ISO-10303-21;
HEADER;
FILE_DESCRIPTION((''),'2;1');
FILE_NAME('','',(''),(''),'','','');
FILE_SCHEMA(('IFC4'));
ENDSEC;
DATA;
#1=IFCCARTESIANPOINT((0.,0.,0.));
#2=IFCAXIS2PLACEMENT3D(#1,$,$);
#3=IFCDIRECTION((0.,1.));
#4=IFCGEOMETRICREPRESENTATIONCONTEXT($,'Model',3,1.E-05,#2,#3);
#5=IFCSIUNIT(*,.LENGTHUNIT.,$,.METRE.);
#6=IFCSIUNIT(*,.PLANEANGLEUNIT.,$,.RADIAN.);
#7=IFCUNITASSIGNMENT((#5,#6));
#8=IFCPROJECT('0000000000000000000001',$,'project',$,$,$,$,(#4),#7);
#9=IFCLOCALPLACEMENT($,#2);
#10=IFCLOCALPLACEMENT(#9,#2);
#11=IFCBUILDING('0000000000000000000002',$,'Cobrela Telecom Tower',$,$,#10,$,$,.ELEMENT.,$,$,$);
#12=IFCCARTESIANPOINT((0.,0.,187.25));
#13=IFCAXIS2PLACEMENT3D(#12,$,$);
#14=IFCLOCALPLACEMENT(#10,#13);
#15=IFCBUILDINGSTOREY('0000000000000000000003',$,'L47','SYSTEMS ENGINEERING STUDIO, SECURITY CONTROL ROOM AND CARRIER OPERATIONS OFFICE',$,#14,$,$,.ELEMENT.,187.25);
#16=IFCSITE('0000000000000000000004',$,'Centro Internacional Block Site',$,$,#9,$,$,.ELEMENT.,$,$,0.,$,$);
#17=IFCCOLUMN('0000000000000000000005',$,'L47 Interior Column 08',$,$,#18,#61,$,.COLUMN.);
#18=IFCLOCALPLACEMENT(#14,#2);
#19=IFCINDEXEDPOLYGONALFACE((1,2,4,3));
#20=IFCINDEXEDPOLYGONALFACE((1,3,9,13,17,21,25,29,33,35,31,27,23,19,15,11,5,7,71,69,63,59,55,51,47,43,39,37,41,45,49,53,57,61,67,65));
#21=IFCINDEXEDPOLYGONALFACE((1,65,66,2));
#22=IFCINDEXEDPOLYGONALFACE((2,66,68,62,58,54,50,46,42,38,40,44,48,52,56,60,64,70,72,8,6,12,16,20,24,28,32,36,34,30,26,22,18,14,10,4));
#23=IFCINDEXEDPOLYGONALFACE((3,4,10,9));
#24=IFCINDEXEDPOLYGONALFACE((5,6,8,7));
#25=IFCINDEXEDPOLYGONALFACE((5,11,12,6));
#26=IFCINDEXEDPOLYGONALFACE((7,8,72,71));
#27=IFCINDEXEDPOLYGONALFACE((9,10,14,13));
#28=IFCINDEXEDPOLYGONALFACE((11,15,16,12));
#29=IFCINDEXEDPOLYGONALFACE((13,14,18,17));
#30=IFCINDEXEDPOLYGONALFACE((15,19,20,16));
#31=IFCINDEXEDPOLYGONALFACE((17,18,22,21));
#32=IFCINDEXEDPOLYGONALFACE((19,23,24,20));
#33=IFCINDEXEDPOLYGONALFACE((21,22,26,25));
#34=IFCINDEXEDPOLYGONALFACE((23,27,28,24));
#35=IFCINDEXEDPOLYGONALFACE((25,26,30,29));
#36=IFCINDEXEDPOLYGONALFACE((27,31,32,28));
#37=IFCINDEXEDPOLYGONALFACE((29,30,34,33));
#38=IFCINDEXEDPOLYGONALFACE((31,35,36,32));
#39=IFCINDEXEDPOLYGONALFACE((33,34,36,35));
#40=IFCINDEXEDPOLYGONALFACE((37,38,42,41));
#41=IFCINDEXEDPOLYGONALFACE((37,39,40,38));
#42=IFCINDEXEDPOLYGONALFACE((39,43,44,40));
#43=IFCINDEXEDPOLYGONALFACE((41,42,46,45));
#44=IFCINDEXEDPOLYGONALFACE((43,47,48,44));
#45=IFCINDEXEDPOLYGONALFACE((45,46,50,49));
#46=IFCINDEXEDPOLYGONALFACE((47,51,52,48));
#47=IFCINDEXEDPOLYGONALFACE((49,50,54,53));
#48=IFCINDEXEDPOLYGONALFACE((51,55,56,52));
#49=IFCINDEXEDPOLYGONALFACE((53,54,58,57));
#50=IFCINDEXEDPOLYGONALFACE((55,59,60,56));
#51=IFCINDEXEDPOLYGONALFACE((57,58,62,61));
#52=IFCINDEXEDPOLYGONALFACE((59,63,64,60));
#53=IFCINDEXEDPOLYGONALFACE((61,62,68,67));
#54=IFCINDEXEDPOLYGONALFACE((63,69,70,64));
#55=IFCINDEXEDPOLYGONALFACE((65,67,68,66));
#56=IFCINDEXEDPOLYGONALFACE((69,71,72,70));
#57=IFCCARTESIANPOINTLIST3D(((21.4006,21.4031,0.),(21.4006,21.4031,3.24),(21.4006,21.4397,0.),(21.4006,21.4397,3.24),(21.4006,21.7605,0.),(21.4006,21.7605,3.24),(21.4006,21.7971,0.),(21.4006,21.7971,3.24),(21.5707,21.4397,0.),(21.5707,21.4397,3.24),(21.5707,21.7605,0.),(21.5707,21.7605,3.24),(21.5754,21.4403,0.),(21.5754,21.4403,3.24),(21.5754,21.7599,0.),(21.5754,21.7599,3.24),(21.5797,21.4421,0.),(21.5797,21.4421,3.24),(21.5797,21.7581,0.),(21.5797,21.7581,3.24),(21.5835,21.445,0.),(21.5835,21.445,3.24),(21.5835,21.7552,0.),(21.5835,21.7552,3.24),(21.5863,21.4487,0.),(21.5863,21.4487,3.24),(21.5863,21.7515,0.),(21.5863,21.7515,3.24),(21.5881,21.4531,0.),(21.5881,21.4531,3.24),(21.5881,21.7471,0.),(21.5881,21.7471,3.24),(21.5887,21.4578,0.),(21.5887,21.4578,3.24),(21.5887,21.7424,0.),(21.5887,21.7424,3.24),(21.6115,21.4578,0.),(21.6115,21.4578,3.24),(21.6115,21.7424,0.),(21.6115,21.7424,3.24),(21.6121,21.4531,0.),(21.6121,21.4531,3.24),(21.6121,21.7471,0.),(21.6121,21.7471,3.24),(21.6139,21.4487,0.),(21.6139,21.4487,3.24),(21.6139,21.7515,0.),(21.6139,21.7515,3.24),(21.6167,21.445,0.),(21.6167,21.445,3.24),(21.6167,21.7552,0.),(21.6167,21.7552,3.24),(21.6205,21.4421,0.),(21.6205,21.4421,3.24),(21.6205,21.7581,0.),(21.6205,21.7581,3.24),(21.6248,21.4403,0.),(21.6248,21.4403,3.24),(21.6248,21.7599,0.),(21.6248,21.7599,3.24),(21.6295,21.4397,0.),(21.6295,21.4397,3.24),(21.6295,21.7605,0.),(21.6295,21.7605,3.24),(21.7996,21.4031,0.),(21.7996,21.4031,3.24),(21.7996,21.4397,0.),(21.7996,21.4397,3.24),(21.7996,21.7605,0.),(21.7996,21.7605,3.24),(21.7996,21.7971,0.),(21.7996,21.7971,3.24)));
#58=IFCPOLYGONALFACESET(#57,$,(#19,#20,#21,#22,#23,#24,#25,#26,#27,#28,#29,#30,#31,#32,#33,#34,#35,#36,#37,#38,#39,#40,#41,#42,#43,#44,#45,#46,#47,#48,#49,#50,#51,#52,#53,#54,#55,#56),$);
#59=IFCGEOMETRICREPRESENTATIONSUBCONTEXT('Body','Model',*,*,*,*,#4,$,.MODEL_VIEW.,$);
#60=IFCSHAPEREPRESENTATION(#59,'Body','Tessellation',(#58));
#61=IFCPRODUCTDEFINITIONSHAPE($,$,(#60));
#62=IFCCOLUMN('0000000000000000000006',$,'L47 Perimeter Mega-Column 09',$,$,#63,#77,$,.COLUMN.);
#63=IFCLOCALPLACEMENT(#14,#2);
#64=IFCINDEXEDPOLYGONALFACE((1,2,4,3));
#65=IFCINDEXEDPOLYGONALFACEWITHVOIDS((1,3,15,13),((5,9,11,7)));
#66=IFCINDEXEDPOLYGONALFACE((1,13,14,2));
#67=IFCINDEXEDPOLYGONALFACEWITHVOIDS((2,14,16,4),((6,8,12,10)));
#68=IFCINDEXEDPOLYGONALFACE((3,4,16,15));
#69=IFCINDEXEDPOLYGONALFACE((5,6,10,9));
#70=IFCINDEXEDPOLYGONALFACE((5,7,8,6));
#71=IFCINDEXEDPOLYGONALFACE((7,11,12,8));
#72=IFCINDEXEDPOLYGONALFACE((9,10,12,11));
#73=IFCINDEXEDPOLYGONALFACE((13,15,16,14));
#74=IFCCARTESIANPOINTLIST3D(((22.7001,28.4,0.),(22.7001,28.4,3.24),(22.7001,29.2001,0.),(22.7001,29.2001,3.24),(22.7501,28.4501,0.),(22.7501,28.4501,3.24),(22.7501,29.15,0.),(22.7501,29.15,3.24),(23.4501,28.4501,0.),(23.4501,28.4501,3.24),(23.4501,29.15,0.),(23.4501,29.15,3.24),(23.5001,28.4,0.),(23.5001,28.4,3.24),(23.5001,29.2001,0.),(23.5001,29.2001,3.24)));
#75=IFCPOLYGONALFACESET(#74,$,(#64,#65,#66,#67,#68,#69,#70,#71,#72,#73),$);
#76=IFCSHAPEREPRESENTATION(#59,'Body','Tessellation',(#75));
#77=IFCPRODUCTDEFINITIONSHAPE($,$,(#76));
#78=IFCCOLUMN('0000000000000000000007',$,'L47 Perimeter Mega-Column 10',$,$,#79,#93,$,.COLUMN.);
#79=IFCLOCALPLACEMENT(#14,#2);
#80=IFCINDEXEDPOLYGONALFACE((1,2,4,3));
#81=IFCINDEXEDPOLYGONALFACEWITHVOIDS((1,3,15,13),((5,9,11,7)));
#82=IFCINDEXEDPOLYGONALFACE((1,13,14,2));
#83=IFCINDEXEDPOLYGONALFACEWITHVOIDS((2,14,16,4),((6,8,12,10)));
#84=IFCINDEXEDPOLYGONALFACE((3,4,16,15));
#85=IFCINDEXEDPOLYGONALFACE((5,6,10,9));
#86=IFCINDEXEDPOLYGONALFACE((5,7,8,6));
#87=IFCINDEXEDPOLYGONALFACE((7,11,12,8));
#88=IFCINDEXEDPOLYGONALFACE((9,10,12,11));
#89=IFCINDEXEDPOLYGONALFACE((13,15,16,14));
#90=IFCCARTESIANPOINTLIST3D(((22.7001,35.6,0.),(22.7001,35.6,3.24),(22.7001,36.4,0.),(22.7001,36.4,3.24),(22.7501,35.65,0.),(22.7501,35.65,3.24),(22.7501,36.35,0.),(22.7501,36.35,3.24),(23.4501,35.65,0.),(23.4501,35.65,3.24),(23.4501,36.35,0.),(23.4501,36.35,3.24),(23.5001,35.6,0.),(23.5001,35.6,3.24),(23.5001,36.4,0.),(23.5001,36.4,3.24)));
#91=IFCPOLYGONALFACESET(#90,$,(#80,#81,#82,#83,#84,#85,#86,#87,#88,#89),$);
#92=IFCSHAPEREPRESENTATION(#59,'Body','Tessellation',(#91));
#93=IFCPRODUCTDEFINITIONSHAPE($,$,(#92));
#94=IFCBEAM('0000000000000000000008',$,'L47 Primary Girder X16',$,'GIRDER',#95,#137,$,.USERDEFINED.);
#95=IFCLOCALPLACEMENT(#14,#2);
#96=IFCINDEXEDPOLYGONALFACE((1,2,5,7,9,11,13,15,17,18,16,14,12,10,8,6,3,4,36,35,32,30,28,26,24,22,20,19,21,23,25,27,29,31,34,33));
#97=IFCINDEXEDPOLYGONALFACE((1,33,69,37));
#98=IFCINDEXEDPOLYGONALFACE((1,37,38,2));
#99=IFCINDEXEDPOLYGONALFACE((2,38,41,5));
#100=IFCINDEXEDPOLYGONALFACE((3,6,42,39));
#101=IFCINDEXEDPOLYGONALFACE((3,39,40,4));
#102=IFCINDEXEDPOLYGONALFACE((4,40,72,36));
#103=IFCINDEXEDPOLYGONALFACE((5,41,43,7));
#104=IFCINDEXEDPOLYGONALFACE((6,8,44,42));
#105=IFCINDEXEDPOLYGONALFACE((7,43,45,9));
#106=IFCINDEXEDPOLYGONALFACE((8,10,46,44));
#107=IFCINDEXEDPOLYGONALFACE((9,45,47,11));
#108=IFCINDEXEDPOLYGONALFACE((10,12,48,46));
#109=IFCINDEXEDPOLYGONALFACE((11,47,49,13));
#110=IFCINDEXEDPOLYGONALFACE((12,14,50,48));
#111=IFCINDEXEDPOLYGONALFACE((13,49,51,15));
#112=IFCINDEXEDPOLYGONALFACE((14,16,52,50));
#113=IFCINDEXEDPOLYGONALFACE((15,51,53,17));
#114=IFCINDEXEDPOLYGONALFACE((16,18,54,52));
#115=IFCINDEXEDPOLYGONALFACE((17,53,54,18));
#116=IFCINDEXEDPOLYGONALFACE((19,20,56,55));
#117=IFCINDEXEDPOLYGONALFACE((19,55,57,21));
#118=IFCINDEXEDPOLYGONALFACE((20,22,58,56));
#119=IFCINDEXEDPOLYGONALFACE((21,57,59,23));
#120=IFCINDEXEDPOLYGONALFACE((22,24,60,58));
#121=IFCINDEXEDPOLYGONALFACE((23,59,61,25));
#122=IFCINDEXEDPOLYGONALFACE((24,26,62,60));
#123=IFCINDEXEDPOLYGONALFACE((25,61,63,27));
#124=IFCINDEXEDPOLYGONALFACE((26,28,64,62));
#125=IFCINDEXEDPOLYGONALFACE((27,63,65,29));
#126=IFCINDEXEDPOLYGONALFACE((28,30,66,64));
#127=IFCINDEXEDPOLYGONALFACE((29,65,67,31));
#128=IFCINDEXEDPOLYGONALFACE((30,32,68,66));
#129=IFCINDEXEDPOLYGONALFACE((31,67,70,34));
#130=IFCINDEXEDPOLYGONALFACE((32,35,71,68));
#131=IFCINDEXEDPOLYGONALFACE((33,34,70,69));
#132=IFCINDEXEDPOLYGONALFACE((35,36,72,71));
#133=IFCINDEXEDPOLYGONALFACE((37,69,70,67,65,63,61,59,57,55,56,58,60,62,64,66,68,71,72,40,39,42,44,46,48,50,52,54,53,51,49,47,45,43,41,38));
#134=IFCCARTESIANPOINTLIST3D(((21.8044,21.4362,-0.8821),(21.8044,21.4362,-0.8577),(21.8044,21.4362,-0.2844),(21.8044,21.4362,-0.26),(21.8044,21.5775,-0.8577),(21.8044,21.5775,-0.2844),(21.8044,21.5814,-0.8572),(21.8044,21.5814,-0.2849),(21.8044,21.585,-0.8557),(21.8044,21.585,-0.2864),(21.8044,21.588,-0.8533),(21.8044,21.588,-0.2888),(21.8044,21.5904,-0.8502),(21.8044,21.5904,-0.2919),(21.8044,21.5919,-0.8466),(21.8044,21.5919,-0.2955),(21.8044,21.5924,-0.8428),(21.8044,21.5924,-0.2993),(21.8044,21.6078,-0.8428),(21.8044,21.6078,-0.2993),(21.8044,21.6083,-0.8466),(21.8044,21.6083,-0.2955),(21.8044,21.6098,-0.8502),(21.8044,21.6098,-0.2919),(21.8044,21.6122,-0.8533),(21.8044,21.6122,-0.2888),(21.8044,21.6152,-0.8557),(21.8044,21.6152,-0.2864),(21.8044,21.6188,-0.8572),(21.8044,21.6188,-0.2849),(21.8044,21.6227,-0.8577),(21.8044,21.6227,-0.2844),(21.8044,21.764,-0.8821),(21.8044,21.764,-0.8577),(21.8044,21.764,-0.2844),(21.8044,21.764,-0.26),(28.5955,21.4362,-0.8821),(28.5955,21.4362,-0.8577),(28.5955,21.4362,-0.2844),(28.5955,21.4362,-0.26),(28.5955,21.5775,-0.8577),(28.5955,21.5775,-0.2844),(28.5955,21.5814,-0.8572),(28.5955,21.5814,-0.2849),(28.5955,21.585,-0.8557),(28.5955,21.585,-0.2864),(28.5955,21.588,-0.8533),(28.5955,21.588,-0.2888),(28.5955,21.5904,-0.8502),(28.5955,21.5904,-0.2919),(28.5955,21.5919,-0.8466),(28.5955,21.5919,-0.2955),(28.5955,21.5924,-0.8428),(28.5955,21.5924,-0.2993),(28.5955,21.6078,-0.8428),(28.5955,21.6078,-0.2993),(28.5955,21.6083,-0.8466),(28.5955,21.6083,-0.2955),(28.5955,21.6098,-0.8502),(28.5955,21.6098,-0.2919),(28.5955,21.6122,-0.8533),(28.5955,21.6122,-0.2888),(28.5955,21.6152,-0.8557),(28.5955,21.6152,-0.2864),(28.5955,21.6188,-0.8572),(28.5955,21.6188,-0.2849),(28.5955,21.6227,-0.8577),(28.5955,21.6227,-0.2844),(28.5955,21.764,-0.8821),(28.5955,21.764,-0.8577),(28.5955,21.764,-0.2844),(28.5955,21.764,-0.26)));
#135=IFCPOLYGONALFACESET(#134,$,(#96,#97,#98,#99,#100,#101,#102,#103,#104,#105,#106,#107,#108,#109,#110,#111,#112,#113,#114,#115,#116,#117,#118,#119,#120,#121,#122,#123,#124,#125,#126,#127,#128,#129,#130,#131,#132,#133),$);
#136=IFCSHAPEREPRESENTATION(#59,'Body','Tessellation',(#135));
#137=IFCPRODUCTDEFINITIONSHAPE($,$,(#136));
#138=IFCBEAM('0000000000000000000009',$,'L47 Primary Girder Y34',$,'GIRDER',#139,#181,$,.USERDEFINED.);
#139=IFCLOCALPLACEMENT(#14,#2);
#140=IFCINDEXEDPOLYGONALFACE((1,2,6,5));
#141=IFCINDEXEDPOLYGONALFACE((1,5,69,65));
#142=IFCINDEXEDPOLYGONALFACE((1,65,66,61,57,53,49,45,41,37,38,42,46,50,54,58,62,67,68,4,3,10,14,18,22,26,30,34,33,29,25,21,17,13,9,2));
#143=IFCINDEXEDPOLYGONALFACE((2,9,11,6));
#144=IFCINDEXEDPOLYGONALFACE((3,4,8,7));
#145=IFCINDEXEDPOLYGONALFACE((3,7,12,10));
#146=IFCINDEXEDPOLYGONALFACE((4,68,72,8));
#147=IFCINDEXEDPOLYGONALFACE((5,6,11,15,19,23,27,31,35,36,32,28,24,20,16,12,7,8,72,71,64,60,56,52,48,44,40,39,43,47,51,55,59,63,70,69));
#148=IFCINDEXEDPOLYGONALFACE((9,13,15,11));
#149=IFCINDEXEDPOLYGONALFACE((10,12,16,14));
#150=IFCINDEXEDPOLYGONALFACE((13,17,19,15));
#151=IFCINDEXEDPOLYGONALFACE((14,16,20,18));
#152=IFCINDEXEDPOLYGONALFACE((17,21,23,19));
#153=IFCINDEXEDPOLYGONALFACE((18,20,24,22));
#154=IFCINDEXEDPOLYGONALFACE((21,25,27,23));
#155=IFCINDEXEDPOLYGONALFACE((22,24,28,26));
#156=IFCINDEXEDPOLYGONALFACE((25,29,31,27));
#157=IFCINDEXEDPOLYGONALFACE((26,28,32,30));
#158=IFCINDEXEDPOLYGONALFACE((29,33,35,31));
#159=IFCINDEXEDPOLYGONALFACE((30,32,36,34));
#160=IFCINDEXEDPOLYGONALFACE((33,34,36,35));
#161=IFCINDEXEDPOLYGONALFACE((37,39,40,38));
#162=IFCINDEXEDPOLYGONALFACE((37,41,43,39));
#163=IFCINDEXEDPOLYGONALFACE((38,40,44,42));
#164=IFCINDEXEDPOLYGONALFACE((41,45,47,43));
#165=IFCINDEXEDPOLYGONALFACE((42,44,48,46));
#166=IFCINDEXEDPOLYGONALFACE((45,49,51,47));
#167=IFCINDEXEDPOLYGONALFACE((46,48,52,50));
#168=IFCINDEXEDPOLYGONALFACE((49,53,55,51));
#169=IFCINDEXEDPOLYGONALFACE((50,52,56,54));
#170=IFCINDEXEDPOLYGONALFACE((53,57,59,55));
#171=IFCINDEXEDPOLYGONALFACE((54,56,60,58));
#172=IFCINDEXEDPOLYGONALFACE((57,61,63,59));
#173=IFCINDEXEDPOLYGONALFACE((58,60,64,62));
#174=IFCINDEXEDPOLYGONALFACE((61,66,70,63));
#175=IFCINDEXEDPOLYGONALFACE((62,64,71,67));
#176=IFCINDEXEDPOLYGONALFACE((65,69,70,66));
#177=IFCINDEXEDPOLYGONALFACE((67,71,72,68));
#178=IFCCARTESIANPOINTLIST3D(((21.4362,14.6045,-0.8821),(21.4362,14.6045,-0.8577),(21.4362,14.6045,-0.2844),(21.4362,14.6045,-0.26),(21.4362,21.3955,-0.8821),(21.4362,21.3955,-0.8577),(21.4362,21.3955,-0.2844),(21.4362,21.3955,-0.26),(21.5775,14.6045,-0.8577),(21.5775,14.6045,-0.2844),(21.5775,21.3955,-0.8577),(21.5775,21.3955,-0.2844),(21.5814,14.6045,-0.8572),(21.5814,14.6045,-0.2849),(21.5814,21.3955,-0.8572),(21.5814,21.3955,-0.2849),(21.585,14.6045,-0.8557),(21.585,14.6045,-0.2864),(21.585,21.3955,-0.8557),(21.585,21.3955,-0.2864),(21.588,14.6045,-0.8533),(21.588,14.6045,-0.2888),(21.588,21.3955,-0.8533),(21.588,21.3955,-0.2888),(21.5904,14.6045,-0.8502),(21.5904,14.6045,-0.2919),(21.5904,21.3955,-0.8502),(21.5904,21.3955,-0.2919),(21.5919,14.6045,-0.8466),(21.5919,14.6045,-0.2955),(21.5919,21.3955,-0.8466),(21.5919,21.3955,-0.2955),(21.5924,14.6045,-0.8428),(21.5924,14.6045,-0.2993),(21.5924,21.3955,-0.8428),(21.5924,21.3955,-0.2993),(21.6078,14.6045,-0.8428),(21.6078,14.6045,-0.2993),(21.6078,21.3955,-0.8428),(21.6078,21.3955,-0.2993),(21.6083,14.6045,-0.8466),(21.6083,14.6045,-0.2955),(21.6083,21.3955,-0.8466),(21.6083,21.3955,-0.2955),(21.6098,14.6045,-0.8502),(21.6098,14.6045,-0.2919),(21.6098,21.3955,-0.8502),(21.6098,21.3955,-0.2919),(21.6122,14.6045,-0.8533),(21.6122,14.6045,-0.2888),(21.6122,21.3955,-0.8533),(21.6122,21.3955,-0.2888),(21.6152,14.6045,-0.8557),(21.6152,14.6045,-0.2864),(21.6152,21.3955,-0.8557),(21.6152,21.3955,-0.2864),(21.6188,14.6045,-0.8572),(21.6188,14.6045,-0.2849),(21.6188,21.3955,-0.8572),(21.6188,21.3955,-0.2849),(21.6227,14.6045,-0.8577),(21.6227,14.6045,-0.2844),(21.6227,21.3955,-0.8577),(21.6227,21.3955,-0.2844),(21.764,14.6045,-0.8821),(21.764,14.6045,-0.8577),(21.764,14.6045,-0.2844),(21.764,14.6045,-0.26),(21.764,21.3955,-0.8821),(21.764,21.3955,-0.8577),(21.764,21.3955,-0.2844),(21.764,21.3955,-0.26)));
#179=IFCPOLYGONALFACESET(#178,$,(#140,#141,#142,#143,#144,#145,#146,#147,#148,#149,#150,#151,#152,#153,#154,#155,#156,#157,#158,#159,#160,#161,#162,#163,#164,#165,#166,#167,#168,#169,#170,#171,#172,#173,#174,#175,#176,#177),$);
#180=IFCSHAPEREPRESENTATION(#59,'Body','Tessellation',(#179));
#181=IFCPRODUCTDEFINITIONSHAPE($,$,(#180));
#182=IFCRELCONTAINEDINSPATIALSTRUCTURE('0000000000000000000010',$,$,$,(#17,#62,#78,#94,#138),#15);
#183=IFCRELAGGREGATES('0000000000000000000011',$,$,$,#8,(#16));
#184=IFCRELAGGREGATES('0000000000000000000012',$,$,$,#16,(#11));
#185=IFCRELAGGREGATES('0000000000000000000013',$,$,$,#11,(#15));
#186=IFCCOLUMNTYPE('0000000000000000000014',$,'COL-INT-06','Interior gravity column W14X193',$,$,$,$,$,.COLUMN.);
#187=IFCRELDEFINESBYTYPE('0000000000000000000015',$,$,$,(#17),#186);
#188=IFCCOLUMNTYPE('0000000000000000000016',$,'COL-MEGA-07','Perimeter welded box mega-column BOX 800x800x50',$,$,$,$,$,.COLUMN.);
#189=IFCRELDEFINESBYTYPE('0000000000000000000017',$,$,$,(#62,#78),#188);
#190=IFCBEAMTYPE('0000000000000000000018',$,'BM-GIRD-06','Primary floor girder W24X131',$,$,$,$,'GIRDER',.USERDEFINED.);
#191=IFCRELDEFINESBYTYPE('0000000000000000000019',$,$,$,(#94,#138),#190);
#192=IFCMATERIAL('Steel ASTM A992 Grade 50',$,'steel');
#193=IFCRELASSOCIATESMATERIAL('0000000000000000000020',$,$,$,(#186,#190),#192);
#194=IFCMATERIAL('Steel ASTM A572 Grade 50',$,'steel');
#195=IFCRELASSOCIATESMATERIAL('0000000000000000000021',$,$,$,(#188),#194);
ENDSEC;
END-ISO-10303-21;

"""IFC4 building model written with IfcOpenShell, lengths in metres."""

from ifc_helpers import new_model, si_unit, direction, frame, origin, origin_2d, place, context, subcontext, project, spatial, hollow_rectangle, i_section, extrude, material, material_profile, profile_set, type_object, element, save


model = new_model("IFC4")

# Units and contexts
model_context = context("Model", 3, precision=1e-05, world=origin(), true_north=direction((0.0, 1.0)))
body_context = subcontext(model_context, "Body", "Model", "MODEL_VIEW")
ifc_project = project(units=[si_unit("LENGTHUNIT", "METRE"), si_unit("PLANEANGLEUNIT", "RADIAN")], contexts=[model_context])

# Site, building, storey
site_placement = place(None, origin())
site = spatial("IfcSite", under=ifc_project, at=site_placement, Name="Centro Internacional Block Site", CompositionType="ELEMENT", RefElevation=0.0)
building_placement = place(site_placement, origin())
building = spatial("IfcBuilding", under=site, at=building_placement, Name="Cobrela Telecom Tower", CompositionType="ELEMENT")
storey_placement = place(building_placement, frame((0.0, 0.0, 187.25)))
storey = spatial("IfcBuildingStorey", under=building, at=storey_placement, Name="L47", Description="SYSTEMS ENGINEERING STUDIO, SECURITY CONTROL ROOM AND CARRIER OPERATIONS OFFICE", CompositionType="ELEMENT", Elevation=187.25)

# Columns
ifc_material_1 = material(Name="Steel ASTM A992 Grade 50", Category="steel")
ifc_material_profile_1 = material_profile(ifc_material_1, i_section(OverallWidth=0.3989, OverallDepth=0.394, WebThickness=0.0227, FlangeThickness=0.0366, FilletRadius=0.0181, at=origin_2d()), Name="W14X193")
ifc_profile_set_1 = profile_set([ifc_material_profile_1], Name="Steel ASTM A992 Grade 50")
column_type_1 = type_object("IfcColumnType", Name="COL-INT-06", Description="Interior gravity column W14X193", PredefinedType="COLUMN", material=ifc_profile_set_1)
column_placement = place(storey_placement, frame((21.6001, 21.6001, 0.0), z_axis=(0.0, 0.0, 1.0), x_axis=(1.0, 0.0, 0.0)))
element("IfcColumn", 1, at=column_placement, inside=storey, type_object=column_type_1, Name="L47 Interior Column 08", PredefinedType="COLUMN", context=body_context, shape_type="SweptSolid", body=[
    extrude(i_section(OverallWidth=0.3989, OverallDepth=0.394, WebThickness=0.0227, FlangeThickness=0.0366, FilletRadius=0.0181, at=origin_2d()), origin(), (0.0, 0.0, 1.0), 3.24),
])
ifc_material_2 = material(Name="Steel ASTM A572 Grade 50", Category="steel")
ifc_material_profile_2 = material_profile(ifc_material_2, hollow_rectangle(XDim=0.8, YDim=0.8, WallThickness=0.05, at=origin_2d()), Name="BOX 800x800x50")
ifc_profile_set_2 = profile_set([ifc_material_profile_2], Name="Steel ASTM A572 Grade 50")
column_type_2 = type_object("IfcColumnType", Name="COL-MEGA-07", Description="Perimeter welded box mega-column BOX 800x800x50", PredefinedType="COLUMN", material=ifc_profile_set_2)
for number, where, z_axis, x_axis, name in (
    (2, (23.1001, 28.8, 0.0), (0.0, 0.0, 1.0), (1.0, 0.0, 0.0), "L47 Perimeter Mega-Column 09"),
    (3, (23.1001, 36.0, 0.0), (0.0, 0.0, 1.0), (1.0, 0.0, 0.0), "L47 Perimeter Mega-Column 10"),
):
    element("IfcColumn", number, at=place(storey_placement, frame(where, z_axis=z_axis, x_axis=x_axis)), inside=storey, type_object=column_type_2, Name=name, PredefinedType="COLUMN", context=body_context, shape_type="SweptSolid", body=[
        extrude(hollow_rectangle(XDim=0.8, YDim=0.8, WallThickness=0.05, at=origin_2d()), origin(), (0.0, 0.0, 1.0), 3.24),
    ])

# Beams
ifc_material_profile_3 = material_profile(ifc_material_1, i_section(OverallWidth=0.3279, OverallDepth=0.6221, WebThickness=0.0154, FlangeThickness=0.0244, FilletRadius=0.0149, at=origin_2d()), Name="W24X131")
ifc_profile_set_3 = profile_set([ifc_material_profile_3], Name="Steel ASTM A992 Grade 50")
beam_type_1 = type_object("IfcBeamType", Name="BM-GIRD-06", Description="Primary floor girder W24X131", ElementType="GIRDER", PredefinedType="USERDEFINED", material=ifc_profile_set_3)
for number, where, z_axis, x_axis, name in (
    (4, (21.8044, 21.6001, -0.571), (1.0, 0.0, 0.0), (0.0, 1.0, 0.0), "L47 Primary Girder X16"),
    (5, (21.6001, 14.6045, -0.571), (0.0, 1.0, 0.0), (-1.0, 0.0, 0.0), "L47 Primary Girder Y34"),
):
    element("IfcBeam", number, at=place(storey_placement, frame(where, z_axis=z_axis, x_axis=x_axis)), inside=storey, type_object=beam_type_1, Name=name, ObjectType="GIRDER", PredefinedType="USERDEFINED", context=body_context, shape_type="SweptSolid", body=[
        extrude(i_section(OverallWidth=0.3279, OverallDepth=0.6221, WebThickness=0.0154, FlangeThickness=0.0244, FilletRadius=0.0149, at=origin_2d()), origin(), (0.0, 0.0, 1.0), 6.791),
    ])

save(model, "model.ifc")
